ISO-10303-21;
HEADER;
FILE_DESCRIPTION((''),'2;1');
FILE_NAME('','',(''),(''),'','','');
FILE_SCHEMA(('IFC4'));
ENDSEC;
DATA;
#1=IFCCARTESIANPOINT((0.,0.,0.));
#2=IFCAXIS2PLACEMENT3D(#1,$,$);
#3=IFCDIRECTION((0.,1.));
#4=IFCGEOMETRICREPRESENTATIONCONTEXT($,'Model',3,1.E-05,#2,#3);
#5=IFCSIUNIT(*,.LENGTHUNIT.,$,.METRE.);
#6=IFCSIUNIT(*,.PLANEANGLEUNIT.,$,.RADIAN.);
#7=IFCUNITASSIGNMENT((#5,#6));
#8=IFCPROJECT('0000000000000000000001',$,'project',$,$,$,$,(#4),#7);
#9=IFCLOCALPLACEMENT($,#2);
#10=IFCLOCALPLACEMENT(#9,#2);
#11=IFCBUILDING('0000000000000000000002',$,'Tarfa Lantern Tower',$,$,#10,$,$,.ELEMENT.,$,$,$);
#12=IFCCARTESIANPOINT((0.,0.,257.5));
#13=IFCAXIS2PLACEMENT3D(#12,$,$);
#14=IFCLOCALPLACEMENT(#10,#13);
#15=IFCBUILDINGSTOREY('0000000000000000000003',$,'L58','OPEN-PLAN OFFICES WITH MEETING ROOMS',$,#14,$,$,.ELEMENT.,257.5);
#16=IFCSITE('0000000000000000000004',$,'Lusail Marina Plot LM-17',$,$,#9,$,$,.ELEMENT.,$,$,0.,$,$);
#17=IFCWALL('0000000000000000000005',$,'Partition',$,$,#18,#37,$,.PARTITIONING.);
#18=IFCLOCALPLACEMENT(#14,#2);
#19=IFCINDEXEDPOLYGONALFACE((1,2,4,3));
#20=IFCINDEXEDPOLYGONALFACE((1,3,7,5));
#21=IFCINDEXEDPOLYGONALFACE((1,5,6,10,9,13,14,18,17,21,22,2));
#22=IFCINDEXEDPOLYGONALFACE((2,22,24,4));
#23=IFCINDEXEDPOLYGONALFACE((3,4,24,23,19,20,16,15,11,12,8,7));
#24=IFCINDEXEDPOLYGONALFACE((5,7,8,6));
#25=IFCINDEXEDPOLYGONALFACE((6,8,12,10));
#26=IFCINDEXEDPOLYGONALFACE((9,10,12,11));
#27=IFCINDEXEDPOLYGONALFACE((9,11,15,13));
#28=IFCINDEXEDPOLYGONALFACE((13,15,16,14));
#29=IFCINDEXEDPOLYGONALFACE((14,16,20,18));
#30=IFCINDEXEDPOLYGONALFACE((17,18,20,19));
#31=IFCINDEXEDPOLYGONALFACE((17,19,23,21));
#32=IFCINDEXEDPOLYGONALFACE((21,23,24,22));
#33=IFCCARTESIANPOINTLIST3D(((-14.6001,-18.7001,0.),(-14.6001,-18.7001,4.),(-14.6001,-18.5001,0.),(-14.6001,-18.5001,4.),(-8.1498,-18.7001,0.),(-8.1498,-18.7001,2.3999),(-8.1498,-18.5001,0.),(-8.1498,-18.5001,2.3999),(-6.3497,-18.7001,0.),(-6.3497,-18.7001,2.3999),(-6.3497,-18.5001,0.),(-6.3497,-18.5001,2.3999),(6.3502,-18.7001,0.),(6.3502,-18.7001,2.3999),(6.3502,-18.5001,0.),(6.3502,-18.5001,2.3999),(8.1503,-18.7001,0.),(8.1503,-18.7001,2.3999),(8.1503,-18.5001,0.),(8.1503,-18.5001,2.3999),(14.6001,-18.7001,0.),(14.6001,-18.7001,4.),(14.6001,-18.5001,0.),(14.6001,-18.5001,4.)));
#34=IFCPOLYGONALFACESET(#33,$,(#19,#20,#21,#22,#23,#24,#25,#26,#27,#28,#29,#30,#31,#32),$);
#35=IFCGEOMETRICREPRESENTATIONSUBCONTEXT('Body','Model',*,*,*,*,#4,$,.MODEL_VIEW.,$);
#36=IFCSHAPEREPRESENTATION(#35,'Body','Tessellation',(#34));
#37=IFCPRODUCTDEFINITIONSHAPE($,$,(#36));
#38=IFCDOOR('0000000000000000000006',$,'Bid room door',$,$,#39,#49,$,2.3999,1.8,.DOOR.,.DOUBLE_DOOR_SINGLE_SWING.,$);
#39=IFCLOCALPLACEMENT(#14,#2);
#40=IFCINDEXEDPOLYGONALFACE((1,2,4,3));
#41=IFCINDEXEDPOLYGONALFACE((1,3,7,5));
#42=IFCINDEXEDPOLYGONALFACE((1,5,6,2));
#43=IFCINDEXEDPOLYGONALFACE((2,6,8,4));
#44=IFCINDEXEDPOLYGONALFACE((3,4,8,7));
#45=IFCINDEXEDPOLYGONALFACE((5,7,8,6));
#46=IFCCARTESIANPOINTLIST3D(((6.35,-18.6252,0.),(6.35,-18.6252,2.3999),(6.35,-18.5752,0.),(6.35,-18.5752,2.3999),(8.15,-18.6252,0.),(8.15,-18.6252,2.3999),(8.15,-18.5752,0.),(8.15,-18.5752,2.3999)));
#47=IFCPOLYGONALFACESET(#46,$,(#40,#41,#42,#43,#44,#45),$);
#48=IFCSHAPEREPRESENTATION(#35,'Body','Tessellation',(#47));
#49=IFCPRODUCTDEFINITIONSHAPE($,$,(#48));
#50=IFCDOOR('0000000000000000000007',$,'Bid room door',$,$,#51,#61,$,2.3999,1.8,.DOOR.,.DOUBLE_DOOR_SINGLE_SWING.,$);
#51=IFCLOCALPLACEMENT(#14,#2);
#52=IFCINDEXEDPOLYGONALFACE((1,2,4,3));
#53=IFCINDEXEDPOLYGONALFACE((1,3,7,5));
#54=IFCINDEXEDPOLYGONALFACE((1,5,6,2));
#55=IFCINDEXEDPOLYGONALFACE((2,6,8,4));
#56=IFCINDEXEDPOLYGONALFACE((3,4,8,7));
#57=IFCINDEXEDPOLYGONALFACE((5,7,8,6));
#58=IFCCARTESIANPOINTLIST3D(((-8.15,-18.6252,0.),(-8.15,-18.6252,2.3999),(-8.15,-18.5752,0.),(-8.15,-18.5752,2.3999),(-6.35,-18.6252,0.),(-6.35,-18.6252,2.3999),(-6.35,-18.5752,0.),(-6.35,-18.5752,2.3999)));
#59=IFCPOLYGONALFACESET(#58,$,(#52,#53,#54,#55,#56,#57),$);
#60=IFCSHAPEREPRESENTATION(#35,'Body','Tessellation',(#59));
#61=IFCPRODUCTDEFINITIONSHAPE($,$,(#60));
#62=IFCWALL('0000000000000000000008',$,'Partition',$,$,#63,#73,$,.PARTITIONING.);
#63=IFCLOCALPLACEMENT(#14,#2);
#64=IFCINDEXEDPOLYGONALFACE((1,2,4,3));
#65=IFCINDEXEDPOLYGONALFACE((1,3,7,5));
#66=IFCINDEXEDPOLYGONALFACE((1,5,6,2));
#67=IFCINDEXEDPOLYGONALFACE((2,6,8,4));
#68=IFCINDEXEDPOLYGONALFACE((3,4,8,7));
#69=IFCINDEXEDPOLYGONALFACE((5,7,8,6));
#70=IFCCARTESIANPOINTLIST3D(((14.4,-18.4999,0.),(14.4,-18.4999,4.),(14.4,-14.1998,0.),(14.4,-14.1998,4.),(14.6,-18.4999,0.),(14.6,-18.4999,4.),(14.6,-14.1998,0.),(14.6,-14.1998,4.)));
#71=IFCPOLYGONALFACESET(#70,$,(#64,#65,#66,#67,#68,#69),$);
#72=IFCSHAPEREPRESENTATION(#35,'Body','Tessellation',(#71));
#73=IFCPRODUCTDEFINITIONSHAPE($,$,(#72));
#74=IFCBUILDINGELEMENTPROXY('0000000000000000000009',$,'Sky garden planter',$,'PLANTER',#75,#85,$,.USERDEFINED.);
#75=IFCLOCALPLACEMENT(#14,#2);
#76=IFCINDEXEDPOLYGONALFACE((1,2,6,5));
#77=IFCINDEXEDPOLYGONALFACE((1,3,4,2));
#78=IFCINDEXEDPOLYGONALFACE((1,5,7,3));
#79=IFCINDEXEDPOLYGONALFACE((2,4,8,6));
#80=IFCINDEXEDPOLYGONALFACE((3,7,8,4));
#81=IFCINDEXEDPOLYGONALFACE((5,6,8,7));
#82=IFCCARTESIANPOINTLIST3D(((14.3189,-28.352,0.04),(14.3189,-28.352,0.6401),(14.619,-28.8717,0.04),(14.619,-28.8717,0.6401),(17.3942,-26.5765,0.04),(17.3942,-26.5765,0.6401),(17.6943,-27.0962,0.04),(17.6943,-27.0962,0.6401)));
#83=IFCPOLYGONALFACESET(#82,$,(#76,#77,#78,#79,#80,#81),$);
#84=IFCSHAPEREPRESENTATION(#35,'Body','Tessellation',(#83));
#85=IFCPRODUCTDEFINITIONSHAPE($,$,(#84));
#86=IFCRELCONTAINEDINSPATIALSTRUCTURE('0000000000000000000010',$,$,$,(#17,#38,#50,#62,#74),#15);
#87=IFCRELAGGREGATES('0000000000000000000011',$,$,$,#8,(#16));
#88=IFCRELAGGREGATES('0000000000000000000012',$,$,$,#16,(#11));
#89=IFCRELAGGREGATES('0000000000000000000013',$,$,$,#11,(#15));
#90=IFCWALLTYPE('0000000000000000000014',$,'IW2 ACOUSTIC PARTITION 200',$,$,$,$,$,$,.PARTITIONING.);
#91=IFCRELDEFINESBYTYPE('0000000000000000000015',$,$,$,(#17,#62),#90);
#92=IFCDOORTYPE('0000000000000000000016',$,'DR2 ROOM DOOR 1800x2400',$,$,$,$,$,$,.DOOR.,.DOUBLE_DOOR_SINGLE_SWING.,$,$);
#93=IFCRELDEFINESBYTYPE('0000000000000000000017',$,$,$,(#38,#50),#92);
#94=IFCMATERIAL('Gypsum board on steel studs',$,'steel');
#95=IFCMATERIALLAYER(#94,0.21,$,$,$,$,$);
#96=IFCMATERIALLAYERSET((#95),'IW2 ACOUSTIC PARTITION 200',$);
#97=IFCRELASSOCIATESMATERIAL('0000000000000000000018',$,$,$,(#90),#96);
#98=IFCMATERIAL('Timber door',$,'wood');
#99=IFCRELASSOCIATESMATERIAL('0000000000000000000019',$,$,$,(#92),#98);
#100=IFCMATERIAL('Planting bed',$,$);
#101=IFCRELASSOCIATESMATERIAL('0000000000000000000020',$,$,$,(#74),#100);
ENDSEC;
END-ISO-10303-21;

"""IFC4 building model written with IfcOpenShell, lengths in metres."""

from ifc_helpers import new_model, si_unit, direction, frame, frame_2d, origin, origin_2d, place, context, subcontext, project, spatial, rectangle, extrude, material, layer, layer_set, type_object, element, fill, save


model = new_model("IFC4")

# Units and contexts
model_context = context("Model", 3, precision=1e-05, world=origin(), true_north=direction((0.0, 1.0)))
body_context = subcontext(model_context, "Body", "Model", "MODEL_VIEW")
ifc_project = project(units=[si_unit("LENGTHUNIT", "METRE"), si_unit("PLANEANGLEUNIT", "RADIAN")], contexts=[model_context])

# Site, building, storey
site_placement = place(None, origin())
site = spatial("IfcSite", under=ifc_project, at=site_placement, Name="Lusail Marina Plot LM-17", CompositionType="ELEMENT", RefElevation=0.0)
building_placement = place(site_placement, origin())
building = spatial("IfcBuilding", under=site, at=building_placement, Name="Tarfa Lantern Tower", CompositionType="ELEMENT")
storey_placement = place(building_placement, frame((0.0, 0.0, 257.5)))
storey = spatial("IfcBuildingStorey", under=building, at=storey_placement, Name="L58", Description="OPEN-PLAN OFFICES WITH MEETING ROOMS", CompositionType="ELEMENT", Elevation=257.5)

# Shared definitions
ifc_material_1 = material(Name="Gypsum board on steel studs", Category="steel")
ifc_layer_1 = layer(ifc_material_1, 0.21)
ifc_layer_set_1 = layer_set([ifc_layer_1], Name="IW2 ACOUSTIC PARTITION 200")
wall_type_1 = type_object("IfcWallType", Name="IW2 ACOUSTIC PARTITION 200", PredefinedType="PARTITIONING", material=ifc_layer_set_1)

# Wall, openings, doors
wall_1_placement = place(storey_placement, frame((14.6001, -18.6001, 0.0), z_axis=(0.0, 0.0, 1.0), x_axis=(-1.0, 0.0, 0.0)))
wall_1 = element("IfcWall", 1, at=wall_1_placement, inside=storey, type_object=wall_type_1, Name="Partition", PredefinedType="PARTITIONING", context=body_context, shape_type="SweptSolid", body=[
    extrude(rectangle(XDim=29.2002, YDim=0.2, at=frame_2d((14.6001, 0.0))), origin(), (0.0, 0.0, 1.0), 4.0),
])
opening_1_placement = place(wall_1_placement, frame((6.45, 0.0, 0.0)))
opening_1 = element("IfcOpeningElement", 2, at=opening_1_placement, cuts=wall_1, PredefinedType="OPENING", context=body_context, shape_type="SweptSolid", body=[
    extrude(rectangle(XDim=1.8, YDim=2.3999, at=frame_2d((0.8999, 1.2))), frame((0.0, 0.1099, 0.0), z_axis=(0.0, -1.0, 0.0), x_axis=(1.0, 0.0, 0.0)), (0.0, 0.0, 1.0), 0.22),
])
opening_2_placement = place(wall_1_placement, frame((20.95, 0.0, 0.0)))
opening_2 = element("IfcOpeningElement", 3, at=opening_2_placement, cuts=wall_1, PredefinedType="OPENING", context=body_context, shape_type="SweptSolid", body=[
    extrude(rectangle(XDim=1.8, YDim=2.3999, at=frame_2d((0.8999, 1.2))), frame((0.0, 0.1099, 0.0), z_axis=(0.0, -1.0, 0.0), x_axis=(1.0, 0.0, 0.0)), (0.0, 0.0, 1.0), 0.22),
])
ifc_material_2 = material(Name="Timber door", Category="wood")
door_type_1 = type_object("IfcDoorType", Name="DR2 ROOM DOOR 1800x2400", OperationType="DOUBLE_DOOR_SINGLE_SWING", PredefinedType="DOOR", material=ifc_material_2)
door_1_placement = place(opening_1_placement, frame((1.8, 0.0, 0.0), z_axis=(0.0, 0.0, 1.0), x_axis=(-1.0, 0.0, 0.0)))
door_1 = element("IfcDoor", 4, at=door_1_placement, inside=storey, type_object=door_type_1, Name="Bid room door", OperationType="DOUBLE_DOOR_SINGLE_SWING", OverallHeight=2.3999, OverallWidth=1.8, PredefinedType="DOOR", context=body_context, shape_type="SweptSolid", body=[
    extrude(rectangle(XDim=1.8, YDim=2.3999, at=frame_2d((0.8999, 1.2))), frame((0.0, 0.0249, 0.0), z_axis=(0.0, -1.0, 0.0), x_axis=(1.0, 0.0, 0.0)), (0.0, 0.0, 1.0), 0.05),
])
fill(opening_1, door_1)
door_2_placement = place(opening_2_placement, frame((1.8, 0.0, 0.0), z_axis=(0.0, 0.0, 1.0), x_axis=(-1.0, 0.0, 0.0)))
door_2 = element("IfcDoor", 5, at=door_2_placement, inside=storey, type_object=door_type_1, Name="Bid room door", OperationType="DOUBLE_DOOR_SINGLE_SWING", OverallHeight=2.3999, OverallWidth=1.8, PredefinedType="DOOR", context=body_context, shape_type="SweptSolid", body=[
    extrude(rectangle(XDim=1.8, YDim=2.3999, at=frame_2d((0.8999, 1.2))), frame((0.0, 0.0249, 0.0), z_axis=(0.0, -1.0, 0.0), x_axis=(1.0, 0.0, 0.0)), (0.0, 0.0, 1.0), 0.05),
])
fill(opening_2, door_2)

# Wall
wall_2_placement = place(storey_placement, frame((14.5, -14.2, 0.0), z_axis=(0.0, 0.0, 1.0), x_axis=(0.0, -1.0, 0.0)))
element("IfcWall", 6, at=wall_2_placement, inside=storey, type_object=wall_type_1, Name="Partition", PredefinedType="PARTITIONING", context=body_context, shape_type="SweptSolid", body=[
    extrude(rectangle(XDim=4.3, YDim=0.2, at=frame_2d((2.1499, 0.0))), origin(), (0.0, 0.0, 1.0), 4.0),
])

# Building element proxy
ifc_material_3 = material(Name="Planting bed")
proxy_placement = place(storey_placement, frame((16.0066, -27.7241, 0.04), z_axis=(0.0, 0.0, 1.0), x_axis=(0.866025, 0.5, 0.0)))
element("IfcBuildingElementProxy", 7, at=proxy_placement, inside=storey, material=ifc_material_3, Name="Sky garden planter", ObjectType="PLANTER", PredefinedType="USERDEFINED", context=body_context, shape_type="SweptSolid", body=[
    extrude(rectangle(XDim=3.551, YDim=0.6001, at=origin_2d()), origin(), (0.0, 0.0, 1.0), 0.6001),
])

save(model, "model.ifc")
